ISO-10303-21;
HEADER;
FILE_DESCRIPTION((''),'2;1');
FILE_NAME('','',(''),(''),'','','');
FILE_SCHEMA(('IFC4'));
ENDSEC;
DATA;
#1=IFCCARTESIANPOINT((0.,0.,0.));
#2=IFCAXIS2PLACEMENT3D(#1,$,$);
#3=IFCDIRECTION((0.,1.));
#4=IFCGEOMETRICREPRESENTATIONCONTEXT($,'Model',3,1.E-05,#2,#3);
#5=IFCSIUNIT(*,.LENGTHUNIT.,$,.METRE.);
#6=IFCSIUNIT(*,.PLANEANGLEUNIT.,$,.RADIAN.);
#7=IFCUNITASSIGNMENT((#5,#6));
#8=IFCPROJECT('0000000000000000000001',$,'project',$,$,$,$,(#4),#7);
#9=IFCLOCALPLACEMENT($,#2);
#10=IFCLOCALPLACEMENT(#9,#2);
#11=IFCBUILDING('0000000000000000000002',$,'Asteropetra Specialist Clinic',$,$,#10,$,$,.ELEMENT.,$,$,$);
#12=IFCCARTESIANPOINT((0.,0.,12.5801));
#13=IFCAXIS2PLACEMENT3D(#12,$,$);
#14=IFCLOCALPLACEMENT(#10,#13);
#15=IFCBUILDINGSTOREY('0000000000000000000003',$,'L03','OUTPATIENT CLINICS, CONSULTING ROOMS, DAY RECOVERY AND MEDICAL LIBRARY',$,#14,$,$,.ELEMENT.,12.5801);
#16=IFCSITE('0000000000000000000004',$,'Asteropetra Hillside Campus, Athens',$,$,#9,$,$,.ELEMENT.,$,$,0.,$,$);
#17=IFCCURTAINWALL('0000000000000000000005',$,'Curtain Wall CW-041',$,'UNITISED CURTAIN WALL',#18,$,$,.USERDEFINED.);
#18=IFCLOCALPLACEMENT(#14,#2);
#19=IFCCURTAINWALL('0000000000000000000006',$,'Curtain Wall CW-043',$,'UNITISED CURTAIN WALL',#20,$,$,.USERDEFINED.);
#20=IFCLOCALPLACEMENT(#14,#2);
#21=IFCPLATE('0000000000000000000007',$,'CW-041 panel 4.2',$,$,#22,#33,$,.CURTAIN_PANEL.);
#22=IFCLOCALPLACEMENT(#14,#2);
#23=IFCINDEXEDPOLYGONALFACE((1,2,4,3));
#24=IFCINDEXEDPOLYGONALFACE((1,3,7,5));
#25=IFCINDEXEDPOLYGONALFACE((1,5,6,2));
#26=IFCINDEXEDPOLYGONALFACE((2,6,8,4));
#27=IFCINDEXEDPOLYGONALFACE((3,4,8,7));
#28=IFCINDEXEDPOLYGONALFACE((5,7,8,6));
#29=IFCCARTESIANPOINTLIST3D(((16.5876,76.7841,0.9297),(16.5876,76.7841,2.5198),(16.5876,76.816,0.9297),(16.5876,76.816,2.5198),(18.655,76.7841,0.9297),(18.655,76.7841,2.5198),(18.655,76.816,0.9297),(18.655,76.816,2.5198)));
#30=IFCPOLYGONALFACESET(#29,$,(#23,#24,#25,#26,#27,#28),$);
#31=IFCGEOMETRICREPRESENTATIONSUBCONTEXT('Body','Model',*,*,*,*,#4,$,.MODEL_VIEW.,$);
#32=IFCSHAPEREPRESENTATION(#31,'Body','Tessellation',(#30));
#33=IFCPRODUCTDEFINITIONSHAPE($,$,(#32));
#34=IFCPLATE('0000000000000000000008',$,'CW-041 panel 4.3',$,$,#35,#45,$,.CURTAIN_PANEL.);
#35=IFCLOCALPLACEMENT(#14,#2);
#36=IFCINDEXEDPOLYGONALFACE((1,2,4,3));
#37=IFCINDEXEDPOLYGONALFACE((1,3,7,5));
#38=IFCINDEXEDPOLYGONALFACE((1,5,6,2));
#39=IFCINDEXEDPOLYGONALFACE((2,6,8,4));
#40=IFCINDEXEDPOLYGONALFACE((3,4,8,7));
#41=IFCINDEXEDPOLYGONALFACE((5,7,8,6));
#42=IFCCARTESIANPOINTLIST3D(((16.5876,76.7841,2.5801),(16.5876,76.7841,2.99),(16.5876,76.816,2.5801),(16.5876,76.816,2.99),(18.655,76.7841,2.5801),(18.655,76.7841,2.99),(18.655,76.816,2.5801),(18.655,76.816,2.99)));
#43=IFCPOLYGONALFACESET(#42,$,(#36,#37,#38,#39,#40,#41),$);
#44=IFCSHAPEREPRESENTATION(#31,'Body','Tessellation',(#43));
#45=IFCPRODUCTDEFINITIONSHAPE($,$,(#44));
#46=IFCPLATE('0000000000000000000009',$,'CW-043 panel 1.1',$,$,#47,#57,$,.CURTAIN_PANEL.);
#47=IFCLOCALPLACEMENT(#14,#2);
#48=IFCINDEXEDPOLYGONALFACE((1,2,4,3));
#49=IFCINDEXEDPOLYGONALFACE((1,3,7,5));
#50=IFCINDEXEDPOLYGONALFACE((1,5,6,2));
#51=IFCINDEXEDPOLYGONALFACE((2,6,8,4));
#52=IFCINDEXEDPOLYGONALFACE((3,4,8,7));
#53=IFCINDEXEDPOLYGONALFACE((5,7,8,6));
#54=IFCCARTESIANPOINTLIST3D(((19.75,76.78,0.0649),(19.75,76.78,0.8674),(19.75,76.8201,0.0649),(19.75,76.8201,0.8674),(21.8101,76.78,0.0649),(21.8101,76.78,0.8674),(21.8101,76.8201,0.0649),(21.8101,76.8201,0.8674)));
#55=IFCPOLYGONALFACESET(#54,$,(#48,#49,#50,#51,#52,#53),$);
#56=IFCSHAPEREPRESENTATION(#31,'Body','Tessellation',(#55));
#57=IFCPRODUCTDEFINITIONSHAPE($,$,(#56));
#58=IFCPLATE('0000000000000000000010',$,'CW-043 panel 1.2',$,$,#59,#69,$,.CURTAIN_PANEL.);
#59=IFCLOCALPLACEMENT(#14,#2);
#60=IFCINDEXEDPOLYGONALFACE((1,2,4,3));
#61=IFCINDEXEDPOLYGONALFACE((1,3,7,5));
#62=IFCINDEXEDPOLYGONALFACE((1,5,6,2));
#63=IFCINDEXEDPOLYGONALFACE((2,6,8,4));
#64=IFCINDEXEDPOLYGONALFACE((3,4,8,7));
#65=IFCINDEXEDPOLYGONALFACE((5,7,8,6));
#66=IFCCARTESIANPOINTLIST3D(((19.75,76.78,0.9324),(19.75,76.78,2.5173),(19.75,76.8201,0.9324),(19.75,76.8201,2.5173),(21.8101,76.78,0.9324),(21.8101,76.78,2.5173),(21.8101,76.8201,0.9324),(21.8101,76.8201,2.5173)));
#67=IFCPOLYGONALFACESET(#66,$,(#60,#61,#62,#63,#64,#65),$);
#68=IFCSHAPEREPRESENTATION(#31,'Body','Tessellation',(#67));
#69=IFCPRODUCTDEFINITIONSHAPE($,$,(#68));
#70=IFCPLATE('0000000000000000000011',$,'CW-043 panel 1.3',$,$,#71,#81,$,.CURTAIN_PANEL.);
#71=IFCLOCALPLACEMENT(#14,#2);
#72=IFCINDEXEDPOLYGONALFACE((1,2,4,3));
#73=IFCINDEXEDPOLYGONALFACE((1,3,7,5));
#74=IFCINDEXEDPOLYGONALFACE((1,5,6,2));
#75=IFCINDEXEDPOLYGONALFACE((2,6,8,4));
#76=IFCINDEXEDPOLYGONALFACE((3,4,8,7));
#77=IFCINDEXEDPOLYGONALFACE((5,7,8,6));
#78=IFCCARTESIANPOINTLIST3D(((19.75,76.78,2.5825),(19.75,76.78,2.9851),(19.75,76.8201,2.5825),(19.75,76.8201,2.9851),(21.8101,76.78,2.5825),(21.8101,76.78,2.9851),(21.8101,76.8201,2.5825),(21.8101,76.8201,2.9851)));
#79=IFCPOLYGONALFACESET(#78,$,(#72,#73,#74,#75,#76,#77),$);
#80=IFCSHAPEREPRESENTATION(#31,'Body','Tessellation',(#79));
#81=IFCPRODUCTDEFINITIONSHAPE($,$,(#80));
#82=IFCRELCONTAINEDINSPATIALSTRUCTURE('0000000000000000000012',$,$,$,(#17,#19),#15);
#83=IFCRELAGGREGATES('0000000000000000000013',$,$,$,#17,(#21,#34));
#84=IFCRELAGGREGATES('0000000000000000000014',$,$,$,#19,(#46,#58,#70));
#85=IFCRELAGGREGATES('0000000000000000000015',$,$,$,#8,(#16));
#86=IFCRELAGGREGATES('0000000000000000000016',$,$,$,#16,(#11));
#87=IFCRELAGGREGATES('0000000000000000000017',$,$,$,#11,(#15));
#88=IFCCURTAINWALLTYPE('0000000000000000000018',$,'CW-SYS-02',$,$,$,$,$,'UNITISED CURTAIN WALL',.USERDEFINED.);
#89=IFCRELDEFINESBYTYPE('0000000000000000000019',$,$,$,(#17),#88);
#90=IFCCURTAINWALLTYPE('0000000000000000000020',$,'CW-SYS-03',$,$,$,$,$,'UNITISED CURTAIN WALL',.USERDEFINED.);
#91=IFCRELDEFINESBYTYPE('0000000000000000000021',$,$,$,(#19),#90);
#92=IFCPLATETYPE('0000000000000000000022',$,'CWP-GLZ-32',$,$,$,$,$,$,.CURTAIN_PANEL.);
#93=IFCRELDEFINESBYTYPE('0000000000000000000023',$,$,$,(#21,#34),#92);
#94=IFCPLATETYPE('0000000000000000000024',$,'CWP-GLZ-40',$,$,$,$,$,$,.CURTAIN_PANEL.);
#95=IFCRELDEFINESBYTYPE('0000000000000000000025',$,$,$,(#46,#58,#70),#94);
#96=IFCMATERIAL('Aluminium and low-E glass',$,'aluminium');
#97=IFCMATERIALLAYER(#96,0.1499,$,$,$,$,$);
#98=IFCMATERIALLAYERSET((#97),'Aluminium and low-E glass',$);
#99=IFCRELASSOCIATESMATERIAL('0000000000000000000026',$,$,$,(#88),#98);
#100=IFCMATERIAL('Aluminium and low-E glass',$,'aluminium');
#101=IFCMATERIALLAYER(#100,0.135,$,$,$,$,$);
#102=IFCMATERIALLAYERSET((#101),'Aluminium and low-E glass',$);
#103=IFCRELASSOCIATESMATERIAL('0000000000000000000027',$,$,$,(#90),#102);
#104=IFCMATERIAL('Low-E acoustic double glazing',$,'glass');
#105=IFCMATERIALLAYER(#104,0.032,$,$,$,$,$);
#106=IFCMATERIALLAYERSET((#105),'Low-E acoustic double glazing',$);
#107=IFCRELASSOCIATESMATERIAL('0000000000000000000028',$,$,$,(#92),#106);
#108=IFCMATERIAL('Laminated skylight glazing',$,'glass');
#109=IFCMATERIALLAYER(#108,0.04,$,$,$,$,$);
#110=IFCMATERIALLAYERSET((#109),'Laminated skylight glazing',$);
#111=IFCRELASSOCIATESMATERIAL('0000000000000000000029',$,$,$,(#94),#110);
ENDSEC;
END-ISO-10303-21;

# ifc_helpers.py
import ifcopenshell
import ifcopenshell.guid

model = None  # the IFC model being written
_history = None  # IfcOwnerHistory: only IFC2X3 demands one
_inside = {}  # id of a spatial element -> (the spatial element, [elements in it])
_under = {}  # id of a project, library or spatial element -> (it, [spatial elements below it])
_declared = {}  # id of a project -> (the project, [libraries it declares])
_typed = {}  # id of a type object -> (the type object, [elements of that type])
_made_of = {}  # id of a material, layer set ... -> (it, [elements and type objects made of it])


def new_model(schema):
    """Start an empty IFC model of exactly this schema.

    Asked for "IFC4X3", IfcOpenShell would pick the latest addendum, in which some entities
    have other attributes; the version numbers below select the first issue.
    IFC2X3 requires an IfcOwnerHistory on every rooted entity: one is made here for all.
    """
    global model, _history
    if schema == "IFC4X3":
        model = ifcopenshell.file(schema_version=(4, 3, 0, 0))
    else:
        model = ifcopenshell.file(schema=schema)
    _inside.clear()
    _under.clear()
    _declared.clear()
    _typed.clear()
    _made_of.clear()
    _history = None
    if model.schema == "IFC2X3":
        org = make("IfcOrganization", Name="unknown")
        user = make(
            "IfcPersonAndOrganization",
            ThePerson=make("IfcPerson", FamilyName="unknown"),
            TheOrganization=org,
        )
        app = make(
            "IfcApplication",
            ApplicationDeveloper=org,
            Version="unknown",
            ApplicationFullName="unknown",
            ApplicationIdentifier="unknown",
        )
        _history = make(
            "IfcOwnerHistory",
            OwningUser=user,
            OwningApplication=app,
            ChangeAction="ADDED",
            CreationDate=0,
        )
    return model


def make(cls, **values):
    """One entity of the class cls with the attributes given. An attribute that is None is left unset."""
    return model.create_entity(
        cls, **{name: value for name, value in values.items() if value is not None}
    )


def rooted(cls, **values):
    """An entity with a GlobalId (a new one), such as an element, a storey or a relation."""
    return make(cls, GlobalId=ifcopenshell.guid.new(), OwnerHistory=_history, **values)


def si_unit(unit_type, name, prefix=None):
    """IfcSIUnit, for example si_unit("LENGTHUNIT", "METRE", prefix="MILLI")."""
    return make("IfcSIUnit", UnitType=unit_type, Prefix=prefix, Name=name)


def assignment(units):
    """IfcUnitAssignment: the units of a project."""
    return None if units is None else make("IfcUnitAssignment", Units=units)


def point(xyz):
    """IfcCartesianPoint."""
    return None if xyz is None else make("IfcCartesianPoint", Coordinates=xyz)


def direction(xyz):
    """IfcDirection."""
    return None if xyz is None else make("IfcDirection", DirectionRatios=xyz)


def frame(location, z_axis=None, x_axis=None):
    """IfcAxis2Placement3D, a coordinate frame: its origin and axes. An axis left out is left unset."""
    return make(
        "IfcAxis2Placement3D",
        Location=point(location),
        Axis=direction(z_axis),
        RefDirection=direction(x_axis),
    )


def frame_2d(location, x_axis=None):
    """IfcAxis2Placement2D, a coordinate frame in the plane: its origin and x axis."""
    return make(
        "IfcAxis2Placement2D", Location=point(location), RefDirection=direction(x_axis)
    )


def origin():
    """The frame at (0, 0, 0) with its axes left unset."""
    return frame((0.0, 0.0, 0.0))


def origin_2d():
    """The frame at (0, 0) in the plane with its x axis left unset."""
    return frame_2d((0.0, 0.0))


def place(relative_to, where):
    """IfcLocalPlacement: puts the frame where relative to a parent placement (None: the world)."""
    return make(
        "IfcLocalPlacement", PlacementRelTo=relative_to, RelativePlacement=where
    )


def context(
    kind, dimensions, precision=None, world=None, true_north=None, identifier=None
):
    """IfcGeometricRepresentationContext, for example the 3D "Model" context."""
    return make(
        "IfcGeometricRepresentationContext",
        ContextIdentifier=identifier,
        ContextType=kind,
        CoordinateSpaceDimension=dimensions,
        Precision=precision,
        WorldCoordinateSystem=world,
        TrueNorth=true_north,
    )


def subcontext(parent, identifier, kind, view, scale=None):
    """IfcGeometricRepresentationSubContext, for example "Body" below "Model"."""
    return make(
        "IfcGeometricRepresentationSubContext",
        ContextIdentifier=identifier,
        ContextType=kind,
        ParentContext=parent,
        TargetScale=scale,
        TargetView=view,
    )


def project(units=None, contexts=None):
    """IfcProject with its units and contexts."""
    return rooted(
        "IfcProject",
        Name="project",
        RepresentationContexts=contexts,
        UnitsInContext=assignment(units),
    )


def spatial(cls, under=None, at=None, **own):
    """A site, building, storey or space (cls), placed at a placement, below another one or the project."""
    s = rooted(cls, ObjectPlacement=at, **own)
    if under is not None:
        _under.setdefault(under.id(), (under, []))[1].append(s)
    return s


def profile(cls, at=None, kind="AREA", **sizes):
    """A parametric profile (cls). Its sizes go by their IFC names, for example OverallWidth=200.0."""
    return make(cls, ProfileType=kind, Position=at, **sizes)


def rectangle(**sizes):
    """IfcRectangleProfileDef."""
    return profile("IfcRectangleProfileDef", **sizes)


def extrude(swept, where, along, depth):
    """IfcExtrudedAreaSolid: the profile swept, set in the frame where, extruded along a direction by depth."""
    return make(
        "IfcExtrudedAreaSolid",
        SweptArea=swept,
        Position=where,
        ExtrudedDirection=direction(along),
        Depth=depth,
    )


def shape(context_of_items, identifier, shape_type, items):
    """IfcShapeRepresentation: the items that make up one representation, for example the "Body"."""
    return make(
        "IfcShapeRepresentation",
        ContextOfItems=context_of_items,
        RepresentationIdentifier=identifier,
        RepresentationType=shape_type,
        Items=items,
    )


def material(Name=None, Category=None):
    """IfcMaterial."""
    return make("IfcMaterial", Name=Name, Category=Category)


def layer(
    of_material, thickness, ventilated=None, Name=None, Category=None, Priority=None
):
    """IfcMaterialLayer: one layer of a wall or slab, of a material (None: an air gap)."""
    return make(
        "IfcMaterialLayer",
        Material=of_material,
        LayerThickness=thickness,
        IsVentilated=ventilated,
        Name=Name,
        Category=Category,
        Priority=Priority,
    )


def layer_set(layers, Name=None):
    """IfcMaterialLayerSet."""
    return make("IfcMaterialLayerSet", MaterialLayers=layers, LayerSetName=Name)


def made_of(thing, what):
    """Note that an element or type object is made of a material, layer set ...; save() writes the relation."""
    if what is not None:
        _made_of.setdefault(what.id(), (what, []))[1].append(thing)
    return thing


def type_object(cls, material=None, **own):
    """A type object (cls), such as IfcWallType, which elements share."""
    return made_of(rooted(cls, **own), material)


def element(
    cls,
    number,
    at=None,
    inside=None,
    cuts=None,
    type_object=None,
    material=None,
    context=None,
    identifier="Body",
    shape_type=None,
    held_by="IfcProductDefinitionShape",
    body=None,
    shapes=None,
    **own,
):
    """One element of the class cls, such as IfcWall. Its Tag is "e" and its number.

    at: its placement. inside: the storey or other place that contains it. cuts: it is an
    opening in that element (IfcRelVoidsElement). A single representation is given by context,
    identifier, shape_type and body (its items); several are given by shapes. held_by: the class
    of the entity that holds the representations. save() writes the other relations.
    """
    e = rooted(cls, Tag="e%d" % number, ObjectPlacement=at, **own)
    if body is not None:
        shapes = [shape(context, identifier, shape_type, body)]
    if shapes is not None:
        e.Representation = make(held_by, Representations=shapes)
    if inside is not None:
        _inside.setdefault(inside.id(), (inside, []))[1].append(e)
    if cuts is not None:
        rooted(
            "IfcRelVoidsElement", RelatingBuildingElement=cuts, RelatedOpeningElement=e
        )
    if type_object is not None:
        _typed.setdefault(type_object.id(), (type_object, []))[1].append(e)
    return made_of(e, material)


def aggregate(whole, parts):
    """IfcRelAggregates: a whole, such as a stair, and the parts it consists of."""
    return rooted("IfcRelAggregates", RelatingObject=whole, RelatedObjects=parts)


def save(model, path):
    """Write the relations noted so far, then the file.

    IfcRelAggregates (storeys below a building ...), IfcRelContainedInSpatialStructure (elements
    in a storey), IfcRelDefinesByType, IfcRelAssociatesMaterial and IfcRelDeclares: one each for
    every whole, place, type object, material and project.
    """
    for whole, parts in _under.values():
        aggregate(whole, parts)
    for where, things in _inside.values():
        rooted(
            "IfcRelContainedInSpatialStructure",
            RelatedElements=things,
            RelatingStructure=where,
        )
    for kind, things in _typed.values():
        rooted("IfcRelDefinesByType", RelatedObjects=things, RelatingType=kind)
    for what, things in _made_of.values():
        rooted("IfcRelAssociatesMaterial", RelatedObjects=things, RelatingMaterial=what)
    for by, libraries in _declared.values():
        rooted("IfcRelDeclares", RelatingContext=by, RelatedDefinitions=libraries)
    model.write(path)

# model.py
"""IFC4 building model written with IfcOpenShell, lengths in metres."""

from ifc_helpers import new_model, si_unit, direction, frame, origin, origin_2d, place, context, subcontext, project, spatial, rectangle, extrude, material, layer, layer_set, type_object, element, aggregate, save


model = new_model("IFC4")

# Units and contexts
model_context = context("Model", 3, precision=1e-05, world=origin(), true_north=direction((0.0, 1.0)))
body_context = subcontext(model_context, "Body", "Model", "MODEL_VIEW")
ifc_project = project(units=[si_unit("LENGTHUNIT", "METRE"), si_unit("PLANEANGLEUNIT", "RADIAN")], contexts=[model_context])

# Site, building, storey
site_placement = place(None, origin())
site = spatial("IfcSite", under=ifc_project, at=site_placement, Name="Asteropetra Hillside Campus, Athens", CompositionType="ELEMENT", RefElevation=0.0)
building_placement = place(site_placement, origin())
building = spatial("IfcBuilding", under=site, at=building_placement, Name="Asteropetra Specialist Clinic", CompositionType="ELEMENT")
storey_placement = place(building_placement, frame((0.0, 0.0, 12.5801)))
storey = spatial("IfcBuildingStorey", under=building, at=storey_placement, Name="L03", Description="OUTPATIENT CLINICS, CONSULTING ROOMS, DAY RECOVERY AND MEDICAL LIBRARY", CompositionType="ELEMENT", Elevation=12.5801)

# Curtain walls
ifc_material_1 = material(Name="Aluminium and low-E glass", Category="aluminium")
ifc_layer_1 = layer(ifc_material_1, 0.1499)
ifc_layer_set_1 = layer_set([ifc_layer_1], Name="Aluminium and low-E glass")
curtain_wall_type_1 = type_object("IfcCurtainWallType", Name="CW-SYS-02", ElementType="UNITISED CURTAIN WALL", PredefinedType="USERDEFINED", material=ifc_layer_set_1)
curtain_wall_1_placement = place(storey_placement, origin())
curtain_wall_1 = element("IfcCurtainWall", 1, at=curtain_wall_1_placement, inside=storey, type_object=curtain_wall_type_1, Name="Curtain Wall CW-041", ObjectType="UNITISED CURTAIN WALL", PredefinedType="USERDEFINED")
ifc_material_2 = material(Name="Aluminium and low-E glass", Category="aluminium")
ifc_layer_2 = layer(ifc_material_2, 0.135)
ifc_layer_set_2 = layer_set([ifc_layer_2], Name="Aluminium and low-E glass")
curtain_wall_type_2 = type_object("IfcCurtainWallType", Name="CW-SYS-03", ElementType="UNITISED CURTAIN WALL", PredefinedType="USERDEFINED", material=ifc_layer_set_2)
curtain_wall_2_placement = place(storey_placement, origin())
curtain_wall_2 = element("IfcCurtainWall", 2, at=curtain_wall_2_placement, inside=storey, type_object=curtain_wall_type_2, Name="Curtain Wall CW-043", ObjectType="UNITISED CURTAIN WALL", PredefinedType="USERDEFINED")

# Plates
ifc_material_3 = material(Name="Low-E acoustic double glazing", Category="glass")
ifc_layer_3 = layer(ifc_material_3, 0.032)
ifc_layer_set_3 = layer_set([ifc_layer_3], Name="Low-E acoustic double glazing")
plate_type_1 = type_object("IfcPlateType", Name="CWP-GLZ-32", PredefinedType="CURTAIN_PANEL", material=ifc_layer_set_3)
plate_1_placement = place(storey_placement, frame((17.6213, 76.8, 0.9297), z_axis=(0.0, 0.0, 1.0), x_axis=(1.0, 0.0, 0.0)))
plate_1 = element("IfcPlate", 3, at=plate_1_placement, type_object=plate_type_1, Name="CW-041 panel 4.2", PredefinedType="CURTAIN_PANEL", context=body_context, shape_type="SweptSolid", body=[
    extrude(rectangle(XDim=2.0674, YDim=0.032, at=origin_2d()), origin(), (0.0, 0.0, 1.0), 1.5901),
])
plate_2_placement = place(storey_placement, frame((17.6213, 76.8, 2.5801), z_axis=(0.0, 0.0, 1.0), x_axis=(1.0, 0.0, 0.0)))
plate_2 = element("IfcPlate", 4, at=plate_2_placement, type_object=plate_type_1, Name="CW-041 panel 4.3", PredefinedType="CURTAIN_PANEL", context=body_context, shape_type="SweptSolid", body=[
    extrude(rectangle(XDim=2.0674, YDim=0.032, at=origin_2d()), origin(), (0.0, 0.0, 1.0), 0.4099),
])
aggregate(curtain_wall_1, [plate_1, plate_2])
ifc_material_4 = material(Name="Laminated skylight glazing", Category="glass")
ifc_layer_4 = layer(ifc_material_4, 0.04)
ifc_layer_set_4 = layer_set([ifc_layer_4], Name="Laminated skylight glazing")
plate_type_2 = type_object("IfcPlateType", Name="CWP-GLZ-40", PredefinedType="CURTAIN_PANEL", material=ifc_layer_set_4)
plate_3_placement = place(storey_placement, frame((20.78, 76.8, 0.0649), z_axis=(0.0, 0.0, 1.0), x_axis=(1.0, 0.0, 0.0)))
plate_3 = element("IfcPlate", 5, at=plate_3_placement, type_object=plate_type_2, Name="CW-043 panel 1.1", PredefinedType="CURTAIN_PANEL", context=body_context, shape_type="SweptSolid", body=[
    extrude(rectangle(XDim=2.0601, YDim=0.04, at=origin_2d()), origin(), (0.0, 0.0, 1.0), 0.8025),
])
plate_4_placement = place(storey_placement, frame((20.78, 76.8, 0.9324), z_axis=(0.0, 0.0, 1.0), x_axis=(1.0, 0.0, 0.0)))
plate_4 = element("IfcPlate", 6, at=plate_4_placement, type_object=plate_type_2, Name="CW-043 panel 1.2", PredefinedType="CURTAIN_PANEL", context=body_context, shape_type="SweptSolid", body=[
    extrude(rectangle(XDim=2.0601, YDim=0.04, at=origin_2d()), origin(), (0.0, 0.0, 1.0), 1.585),
])
plate_5_placement = place(storey_placement, frame((20.78, 76.8, 2.5825), z_axis=(0.0, 0.0, 1.0), x_axis=(1.0, 0.0, 0.0)))
plate_5 = element("IfcPlate", 7, at=plate_5_placement, type_object=plate_type_2, Name="CW-043 panel 1.3", PredefinedType="CURTAIN_PANEL", context=body_context, shape_type="SweptSolid", body=[
    extrude(rectangle(XDim=2.0601, YDim=0.04, at=origin_2d()), origin(), (0.0, 0.0, 1.0), 0.4026),
])
aggregate(curtain_wall_2, [plate_3, plate_4, plate_5])

save(model, "model.ifc")
